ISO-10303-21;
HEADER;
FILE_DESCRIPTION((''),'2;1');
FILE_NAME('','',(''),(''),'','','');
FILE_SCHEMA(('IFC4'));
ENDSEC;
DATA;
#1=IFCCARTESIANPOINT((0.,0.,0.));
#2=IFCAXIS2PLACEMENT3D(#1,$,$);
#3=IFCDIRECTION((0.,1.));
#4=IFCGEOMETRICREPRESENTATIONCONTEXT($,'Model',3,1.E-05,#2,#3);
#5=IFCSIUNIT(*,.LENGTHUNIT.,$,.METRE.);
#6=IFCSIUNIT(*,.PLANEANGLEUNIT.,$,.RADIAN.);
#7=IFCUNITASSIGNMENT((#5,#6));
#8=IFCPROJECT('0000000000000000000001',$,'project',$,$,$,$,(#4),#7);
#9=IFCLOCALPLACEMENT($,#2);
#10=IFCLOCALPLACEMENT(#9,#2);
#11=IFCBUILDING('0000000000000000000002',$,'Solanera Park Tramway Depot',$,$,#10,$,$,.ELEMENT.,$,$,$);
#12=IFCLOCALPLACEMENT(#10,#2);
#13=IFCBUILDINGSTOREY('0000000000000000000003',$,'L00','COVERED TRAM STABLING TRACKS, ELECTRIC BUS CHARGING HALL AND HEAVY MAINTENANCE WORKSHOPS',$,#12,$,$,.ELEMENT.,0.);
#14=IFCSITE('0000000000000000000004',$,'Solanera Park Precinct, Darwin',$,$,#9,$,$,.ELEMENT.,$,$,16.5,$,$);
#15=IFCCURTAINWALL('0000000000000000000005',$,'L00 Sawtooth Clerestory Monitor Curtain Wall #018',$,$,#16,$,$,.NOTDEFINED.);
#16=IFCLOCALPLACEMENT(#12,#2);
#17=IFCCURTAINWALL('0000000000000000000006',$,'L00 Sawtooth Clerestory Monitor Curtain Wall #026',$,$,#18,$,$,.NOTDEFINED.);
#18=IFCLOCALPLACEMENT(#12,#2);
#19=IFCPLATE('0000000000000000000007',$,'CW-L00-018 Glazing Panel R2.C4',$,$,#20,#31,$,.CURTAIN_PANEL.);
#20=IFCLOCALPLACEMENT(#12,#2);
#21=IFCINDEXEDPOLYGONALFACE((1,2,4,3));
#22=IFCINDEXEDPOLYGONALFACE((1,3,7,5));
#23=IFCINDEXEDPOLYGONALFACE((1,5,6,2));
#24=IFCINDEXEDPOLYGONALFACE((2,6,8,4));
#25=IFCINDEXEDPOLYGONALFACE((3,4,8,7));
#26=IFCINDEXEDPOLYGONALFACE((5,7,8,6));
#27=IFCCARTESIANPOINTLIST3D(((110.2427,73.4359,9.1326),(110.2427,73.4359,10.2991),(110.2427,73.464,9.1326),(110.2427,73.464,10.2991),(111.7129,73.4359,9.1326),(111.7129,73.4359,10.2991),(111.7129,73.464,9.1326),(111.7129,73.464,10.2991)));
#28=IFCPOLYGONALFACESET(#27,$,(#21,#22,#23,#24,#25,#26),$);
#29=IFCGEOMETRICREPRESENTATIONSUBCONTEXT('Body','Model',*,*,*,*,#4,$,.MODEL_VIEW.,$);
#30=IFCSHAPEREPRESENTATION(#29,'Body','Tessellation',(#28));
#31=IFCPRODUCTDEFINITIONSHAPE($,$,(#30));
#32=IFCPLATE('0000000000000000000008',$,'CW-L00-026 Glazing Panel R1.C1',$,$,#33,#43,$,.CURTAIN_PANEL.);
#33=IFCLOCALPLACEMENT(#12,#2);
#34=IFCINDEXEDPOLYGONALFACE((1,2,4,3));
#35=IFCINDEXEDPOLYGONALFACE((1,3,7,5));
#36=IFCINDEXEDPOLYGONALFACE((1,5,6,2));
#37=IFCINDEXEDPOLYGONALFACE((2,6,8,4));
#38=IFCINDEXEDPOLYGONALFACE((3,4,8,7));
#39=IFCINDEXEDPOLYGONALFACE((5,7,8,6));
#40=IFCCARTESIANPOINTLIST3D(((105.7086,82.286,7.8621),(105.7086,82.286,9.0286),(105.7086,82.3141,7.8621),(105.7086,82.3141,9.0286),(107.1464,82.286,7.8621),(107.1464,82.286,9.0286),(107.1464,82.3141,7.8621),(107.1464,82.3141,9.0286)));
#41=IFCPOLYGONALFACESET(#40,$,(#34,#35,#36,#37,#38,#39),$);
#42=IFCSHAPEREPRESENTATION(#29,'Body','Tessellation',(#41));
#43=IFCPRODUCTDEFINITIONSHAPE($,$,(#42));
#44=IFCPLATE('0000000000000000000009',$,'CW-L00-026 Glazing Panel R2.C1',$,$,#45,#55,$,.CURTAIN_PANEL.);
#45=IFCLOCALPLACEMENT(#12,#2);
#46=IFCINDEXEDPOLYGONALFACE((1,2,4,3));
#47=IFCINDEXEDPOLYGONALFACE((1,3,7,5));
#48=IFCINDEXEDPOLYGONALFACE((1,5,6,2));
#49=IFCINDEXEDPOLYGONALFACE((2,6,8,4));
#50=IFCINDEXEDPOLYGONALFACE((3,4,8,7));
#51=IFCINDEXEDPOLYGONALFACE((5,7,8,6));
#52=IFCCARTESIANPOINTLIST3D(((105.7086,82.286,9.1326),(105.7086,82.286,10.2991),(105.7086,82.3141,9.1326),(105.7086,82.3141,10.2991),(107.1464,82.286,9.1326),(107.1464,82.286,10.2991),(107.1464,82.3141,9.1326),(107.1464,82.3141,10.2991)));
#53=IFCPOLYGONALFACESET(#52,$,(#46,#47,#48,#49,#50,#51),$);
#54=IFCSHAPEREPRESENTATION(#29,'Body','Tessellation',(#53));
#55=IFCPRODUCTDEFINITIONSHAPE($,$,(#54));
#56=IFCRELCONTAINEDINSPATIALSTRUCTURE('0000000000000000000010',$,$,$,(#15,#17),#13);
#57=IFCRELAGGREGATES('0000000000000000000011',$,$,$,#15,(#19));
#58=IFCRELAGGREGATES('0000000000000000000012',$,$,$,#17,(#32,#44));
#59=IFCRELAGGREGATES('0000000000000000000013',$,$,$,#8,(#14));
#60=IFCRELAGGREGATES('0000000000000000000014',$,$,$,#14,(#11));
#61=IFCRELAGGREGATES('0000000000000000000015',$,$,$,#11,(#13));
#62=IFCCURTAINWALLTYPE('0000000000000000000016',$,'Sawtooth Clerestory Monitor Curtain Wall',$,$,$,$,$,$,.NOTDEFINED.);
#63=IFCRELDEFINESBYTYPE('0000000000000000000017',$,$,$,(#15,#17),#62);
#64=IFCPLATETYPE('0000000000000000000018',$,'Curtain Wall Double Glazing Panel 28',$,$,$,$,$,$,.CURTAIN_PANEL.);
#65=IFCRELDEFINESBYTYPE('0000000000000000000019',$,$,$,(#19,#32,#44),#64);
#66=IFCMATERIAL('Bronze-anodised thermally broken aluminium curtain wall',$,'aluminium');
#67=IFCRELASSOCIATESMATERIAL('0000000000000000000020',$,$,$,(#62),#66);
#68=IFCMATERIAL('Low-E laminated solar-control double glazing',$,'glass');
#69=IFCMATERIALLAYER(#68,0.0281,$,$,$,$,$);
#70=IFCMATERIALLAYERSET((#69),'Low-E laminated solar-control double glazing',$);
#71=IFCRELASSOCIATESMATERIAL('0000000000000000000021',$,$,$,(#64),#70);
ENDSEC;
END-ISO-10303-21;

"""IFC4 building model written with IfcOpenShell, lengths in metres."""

from ifc_helpers import new_model, si_unit, direction, frame, origin, origin_2d, place, context, subcontext, project, spatial, rectangle, extrude, material, layer, layer_set, type_object, element, aggregate, save


model = new_model("IFC4")

# Units and contexts
model_context = context("Model", 3, precision=1e-05, world=origin(), true_north=direction((0.0, 1.0)))
body_context = subcontext(model_context, "Body", "Model", "MODEL_VIEW")
ifc_project = project(units=[si_unit("LENGTHUNIT", "METRE"), si_unit("PLANEANGLEUNIT", "RADIAN")], contexts=[model_context])

# Site, building, storey
site_placement = place(None, origin())
site = spatial("IfcSite", under=ifc_project, at=site_placement, Name="Solanera Park Precinct, Darwin", CompositionType="ELEMENT", RefElevation=16.5)
building_placement = place(site_placement, origin())
building = spatial("IfcBuilding", under=site, at=building_placement, Name="Solanera Park Tramway Depot", CompositionType="ELEMENT")
storey_placement = place(building_placement, origin())
storey = spatial("IfcBuildingStorey", under=building, at=storey_placement, Name="L00", Description="COVERED TRAM STABLING TRACKS, ELECTRIC BUS CHARGING HALL AND HEAVY MAINTENANCE WORKSHOPS", CompositionType="ELEMENT", Elevation=0.0)

# Curtain walls
ifc_material_1 = material(Name="Bronze-anodised thermally broken aluminium curtain wall", Category="aluminium")
curtain_wall_type = type_object("IfcCurtainWallType", Name="Sawtooth Clerestory Monitor Curtain Wall", PredefinedType="NOTDEFINED", material=ifc_material_1)
curtain_wall_1_placement = place(storey_placement, origin())
curtain_wall_1 = element("IfcCurtainWall", 1, at=curtain_wall_1_placement, inside=storey, type_object=curtain_wall_type, Name="L00 Sawtooth Clerestory Monitor Curtain Wall #018", PredefinedType="NOTDEFINED")
curtain_wall_2_placement = place(storey_placement, origin())
curtain_wall_2 = element("IfcCurtainWall", 2, at=curtain_wall_2_placement, inside=storey, type_object=curtain_wall_type, Name="L00 Sawtooth Clerestory Monitor Curtain Wall #026", PredefinedType="NOTDEFINED")

# Plates
ifc_material_2 = material(Name="Low-E laminated solar-control double glazing", Category="glass")
ifc_layer = layer(ifc_material_2, 0.0281)
ifc_layer_set = layer_set([ifc_layer], Name="Low-E laminated solar-control double glazing")
plate_type = type_object("IfcPlateType", Name="Curtain Wall Double Glazing Panel 28", PredefinedType="CURTAIN_PANEL", material=ifc_layer_set)
plate_1_placement = place(storey_placement, frame((110.9778, 73.45, 9.1326), z_axis=(0.0, 0.0, 1.0), x_axis=(1.0, 0.0, 0.0)))
plate_1 = element("IfcPlate", 3, at=plate_1_placement, type_object=plate_type, Name="CW-L00-018 Glazing Panel R2.C4", PredefinedType="CURTAIN_PANEL", context=body_context, shape_type="SweptSolid", body=[
    extrude(rectangle(XDim=1.4702, YDim=0.0281, at=origin_2d()), origin(), (0.0, 0.0, 1.0), 1.1665),
])
aggregate(curtain_wall_1, [plate_1])
plate_2_placement = place(storey_placement, frame((106.4275, 82.3, 7.8621), z_axis=(0.0, 0.0, 1.0), x_axis=(1.0, 0.0, 0.0)))
plate_2 = element("IfcPlate", 4, at=plate_2_placement, type_object=plate_type, Name="CW-L00-026 Glazing Panel R1.C1", PredefinedType="CURTAIN_PANEL", context=body_context, shape_type="SweptSolid", body=[
    extrude(rectangle(XDim=1.4377, YDim=0.0281, at=origin_2d()), origin(), (0.0, 0.0, 1.0), 1.1665),
])
plate_3_placement = place(storey_placement, frame((106.4275, 82.3, 9.1326), z_axis=(0.0, 0.0, 1.0), x_axis=(1.0, 0.0, 0.0)))
plate_3 = element("IfcPlate", 5, at=plate_3_placement, type_object=plate_type, Name="CW-L00-026 Glazing Panel R2.C1", PredefinedType="CURTAIN_PANEL", context=body_context, shape_type="SweptSolid", body=[
    extrude(rectangle(XDim=1.4377, YDim=0.0281, at=origin_2d()), origin(), (0.0, 0.0, 1.0), 1.1665),
])
aggregate(curtain_wall_2, [plate_2, plate_3])

save(model, "model.ifc")
